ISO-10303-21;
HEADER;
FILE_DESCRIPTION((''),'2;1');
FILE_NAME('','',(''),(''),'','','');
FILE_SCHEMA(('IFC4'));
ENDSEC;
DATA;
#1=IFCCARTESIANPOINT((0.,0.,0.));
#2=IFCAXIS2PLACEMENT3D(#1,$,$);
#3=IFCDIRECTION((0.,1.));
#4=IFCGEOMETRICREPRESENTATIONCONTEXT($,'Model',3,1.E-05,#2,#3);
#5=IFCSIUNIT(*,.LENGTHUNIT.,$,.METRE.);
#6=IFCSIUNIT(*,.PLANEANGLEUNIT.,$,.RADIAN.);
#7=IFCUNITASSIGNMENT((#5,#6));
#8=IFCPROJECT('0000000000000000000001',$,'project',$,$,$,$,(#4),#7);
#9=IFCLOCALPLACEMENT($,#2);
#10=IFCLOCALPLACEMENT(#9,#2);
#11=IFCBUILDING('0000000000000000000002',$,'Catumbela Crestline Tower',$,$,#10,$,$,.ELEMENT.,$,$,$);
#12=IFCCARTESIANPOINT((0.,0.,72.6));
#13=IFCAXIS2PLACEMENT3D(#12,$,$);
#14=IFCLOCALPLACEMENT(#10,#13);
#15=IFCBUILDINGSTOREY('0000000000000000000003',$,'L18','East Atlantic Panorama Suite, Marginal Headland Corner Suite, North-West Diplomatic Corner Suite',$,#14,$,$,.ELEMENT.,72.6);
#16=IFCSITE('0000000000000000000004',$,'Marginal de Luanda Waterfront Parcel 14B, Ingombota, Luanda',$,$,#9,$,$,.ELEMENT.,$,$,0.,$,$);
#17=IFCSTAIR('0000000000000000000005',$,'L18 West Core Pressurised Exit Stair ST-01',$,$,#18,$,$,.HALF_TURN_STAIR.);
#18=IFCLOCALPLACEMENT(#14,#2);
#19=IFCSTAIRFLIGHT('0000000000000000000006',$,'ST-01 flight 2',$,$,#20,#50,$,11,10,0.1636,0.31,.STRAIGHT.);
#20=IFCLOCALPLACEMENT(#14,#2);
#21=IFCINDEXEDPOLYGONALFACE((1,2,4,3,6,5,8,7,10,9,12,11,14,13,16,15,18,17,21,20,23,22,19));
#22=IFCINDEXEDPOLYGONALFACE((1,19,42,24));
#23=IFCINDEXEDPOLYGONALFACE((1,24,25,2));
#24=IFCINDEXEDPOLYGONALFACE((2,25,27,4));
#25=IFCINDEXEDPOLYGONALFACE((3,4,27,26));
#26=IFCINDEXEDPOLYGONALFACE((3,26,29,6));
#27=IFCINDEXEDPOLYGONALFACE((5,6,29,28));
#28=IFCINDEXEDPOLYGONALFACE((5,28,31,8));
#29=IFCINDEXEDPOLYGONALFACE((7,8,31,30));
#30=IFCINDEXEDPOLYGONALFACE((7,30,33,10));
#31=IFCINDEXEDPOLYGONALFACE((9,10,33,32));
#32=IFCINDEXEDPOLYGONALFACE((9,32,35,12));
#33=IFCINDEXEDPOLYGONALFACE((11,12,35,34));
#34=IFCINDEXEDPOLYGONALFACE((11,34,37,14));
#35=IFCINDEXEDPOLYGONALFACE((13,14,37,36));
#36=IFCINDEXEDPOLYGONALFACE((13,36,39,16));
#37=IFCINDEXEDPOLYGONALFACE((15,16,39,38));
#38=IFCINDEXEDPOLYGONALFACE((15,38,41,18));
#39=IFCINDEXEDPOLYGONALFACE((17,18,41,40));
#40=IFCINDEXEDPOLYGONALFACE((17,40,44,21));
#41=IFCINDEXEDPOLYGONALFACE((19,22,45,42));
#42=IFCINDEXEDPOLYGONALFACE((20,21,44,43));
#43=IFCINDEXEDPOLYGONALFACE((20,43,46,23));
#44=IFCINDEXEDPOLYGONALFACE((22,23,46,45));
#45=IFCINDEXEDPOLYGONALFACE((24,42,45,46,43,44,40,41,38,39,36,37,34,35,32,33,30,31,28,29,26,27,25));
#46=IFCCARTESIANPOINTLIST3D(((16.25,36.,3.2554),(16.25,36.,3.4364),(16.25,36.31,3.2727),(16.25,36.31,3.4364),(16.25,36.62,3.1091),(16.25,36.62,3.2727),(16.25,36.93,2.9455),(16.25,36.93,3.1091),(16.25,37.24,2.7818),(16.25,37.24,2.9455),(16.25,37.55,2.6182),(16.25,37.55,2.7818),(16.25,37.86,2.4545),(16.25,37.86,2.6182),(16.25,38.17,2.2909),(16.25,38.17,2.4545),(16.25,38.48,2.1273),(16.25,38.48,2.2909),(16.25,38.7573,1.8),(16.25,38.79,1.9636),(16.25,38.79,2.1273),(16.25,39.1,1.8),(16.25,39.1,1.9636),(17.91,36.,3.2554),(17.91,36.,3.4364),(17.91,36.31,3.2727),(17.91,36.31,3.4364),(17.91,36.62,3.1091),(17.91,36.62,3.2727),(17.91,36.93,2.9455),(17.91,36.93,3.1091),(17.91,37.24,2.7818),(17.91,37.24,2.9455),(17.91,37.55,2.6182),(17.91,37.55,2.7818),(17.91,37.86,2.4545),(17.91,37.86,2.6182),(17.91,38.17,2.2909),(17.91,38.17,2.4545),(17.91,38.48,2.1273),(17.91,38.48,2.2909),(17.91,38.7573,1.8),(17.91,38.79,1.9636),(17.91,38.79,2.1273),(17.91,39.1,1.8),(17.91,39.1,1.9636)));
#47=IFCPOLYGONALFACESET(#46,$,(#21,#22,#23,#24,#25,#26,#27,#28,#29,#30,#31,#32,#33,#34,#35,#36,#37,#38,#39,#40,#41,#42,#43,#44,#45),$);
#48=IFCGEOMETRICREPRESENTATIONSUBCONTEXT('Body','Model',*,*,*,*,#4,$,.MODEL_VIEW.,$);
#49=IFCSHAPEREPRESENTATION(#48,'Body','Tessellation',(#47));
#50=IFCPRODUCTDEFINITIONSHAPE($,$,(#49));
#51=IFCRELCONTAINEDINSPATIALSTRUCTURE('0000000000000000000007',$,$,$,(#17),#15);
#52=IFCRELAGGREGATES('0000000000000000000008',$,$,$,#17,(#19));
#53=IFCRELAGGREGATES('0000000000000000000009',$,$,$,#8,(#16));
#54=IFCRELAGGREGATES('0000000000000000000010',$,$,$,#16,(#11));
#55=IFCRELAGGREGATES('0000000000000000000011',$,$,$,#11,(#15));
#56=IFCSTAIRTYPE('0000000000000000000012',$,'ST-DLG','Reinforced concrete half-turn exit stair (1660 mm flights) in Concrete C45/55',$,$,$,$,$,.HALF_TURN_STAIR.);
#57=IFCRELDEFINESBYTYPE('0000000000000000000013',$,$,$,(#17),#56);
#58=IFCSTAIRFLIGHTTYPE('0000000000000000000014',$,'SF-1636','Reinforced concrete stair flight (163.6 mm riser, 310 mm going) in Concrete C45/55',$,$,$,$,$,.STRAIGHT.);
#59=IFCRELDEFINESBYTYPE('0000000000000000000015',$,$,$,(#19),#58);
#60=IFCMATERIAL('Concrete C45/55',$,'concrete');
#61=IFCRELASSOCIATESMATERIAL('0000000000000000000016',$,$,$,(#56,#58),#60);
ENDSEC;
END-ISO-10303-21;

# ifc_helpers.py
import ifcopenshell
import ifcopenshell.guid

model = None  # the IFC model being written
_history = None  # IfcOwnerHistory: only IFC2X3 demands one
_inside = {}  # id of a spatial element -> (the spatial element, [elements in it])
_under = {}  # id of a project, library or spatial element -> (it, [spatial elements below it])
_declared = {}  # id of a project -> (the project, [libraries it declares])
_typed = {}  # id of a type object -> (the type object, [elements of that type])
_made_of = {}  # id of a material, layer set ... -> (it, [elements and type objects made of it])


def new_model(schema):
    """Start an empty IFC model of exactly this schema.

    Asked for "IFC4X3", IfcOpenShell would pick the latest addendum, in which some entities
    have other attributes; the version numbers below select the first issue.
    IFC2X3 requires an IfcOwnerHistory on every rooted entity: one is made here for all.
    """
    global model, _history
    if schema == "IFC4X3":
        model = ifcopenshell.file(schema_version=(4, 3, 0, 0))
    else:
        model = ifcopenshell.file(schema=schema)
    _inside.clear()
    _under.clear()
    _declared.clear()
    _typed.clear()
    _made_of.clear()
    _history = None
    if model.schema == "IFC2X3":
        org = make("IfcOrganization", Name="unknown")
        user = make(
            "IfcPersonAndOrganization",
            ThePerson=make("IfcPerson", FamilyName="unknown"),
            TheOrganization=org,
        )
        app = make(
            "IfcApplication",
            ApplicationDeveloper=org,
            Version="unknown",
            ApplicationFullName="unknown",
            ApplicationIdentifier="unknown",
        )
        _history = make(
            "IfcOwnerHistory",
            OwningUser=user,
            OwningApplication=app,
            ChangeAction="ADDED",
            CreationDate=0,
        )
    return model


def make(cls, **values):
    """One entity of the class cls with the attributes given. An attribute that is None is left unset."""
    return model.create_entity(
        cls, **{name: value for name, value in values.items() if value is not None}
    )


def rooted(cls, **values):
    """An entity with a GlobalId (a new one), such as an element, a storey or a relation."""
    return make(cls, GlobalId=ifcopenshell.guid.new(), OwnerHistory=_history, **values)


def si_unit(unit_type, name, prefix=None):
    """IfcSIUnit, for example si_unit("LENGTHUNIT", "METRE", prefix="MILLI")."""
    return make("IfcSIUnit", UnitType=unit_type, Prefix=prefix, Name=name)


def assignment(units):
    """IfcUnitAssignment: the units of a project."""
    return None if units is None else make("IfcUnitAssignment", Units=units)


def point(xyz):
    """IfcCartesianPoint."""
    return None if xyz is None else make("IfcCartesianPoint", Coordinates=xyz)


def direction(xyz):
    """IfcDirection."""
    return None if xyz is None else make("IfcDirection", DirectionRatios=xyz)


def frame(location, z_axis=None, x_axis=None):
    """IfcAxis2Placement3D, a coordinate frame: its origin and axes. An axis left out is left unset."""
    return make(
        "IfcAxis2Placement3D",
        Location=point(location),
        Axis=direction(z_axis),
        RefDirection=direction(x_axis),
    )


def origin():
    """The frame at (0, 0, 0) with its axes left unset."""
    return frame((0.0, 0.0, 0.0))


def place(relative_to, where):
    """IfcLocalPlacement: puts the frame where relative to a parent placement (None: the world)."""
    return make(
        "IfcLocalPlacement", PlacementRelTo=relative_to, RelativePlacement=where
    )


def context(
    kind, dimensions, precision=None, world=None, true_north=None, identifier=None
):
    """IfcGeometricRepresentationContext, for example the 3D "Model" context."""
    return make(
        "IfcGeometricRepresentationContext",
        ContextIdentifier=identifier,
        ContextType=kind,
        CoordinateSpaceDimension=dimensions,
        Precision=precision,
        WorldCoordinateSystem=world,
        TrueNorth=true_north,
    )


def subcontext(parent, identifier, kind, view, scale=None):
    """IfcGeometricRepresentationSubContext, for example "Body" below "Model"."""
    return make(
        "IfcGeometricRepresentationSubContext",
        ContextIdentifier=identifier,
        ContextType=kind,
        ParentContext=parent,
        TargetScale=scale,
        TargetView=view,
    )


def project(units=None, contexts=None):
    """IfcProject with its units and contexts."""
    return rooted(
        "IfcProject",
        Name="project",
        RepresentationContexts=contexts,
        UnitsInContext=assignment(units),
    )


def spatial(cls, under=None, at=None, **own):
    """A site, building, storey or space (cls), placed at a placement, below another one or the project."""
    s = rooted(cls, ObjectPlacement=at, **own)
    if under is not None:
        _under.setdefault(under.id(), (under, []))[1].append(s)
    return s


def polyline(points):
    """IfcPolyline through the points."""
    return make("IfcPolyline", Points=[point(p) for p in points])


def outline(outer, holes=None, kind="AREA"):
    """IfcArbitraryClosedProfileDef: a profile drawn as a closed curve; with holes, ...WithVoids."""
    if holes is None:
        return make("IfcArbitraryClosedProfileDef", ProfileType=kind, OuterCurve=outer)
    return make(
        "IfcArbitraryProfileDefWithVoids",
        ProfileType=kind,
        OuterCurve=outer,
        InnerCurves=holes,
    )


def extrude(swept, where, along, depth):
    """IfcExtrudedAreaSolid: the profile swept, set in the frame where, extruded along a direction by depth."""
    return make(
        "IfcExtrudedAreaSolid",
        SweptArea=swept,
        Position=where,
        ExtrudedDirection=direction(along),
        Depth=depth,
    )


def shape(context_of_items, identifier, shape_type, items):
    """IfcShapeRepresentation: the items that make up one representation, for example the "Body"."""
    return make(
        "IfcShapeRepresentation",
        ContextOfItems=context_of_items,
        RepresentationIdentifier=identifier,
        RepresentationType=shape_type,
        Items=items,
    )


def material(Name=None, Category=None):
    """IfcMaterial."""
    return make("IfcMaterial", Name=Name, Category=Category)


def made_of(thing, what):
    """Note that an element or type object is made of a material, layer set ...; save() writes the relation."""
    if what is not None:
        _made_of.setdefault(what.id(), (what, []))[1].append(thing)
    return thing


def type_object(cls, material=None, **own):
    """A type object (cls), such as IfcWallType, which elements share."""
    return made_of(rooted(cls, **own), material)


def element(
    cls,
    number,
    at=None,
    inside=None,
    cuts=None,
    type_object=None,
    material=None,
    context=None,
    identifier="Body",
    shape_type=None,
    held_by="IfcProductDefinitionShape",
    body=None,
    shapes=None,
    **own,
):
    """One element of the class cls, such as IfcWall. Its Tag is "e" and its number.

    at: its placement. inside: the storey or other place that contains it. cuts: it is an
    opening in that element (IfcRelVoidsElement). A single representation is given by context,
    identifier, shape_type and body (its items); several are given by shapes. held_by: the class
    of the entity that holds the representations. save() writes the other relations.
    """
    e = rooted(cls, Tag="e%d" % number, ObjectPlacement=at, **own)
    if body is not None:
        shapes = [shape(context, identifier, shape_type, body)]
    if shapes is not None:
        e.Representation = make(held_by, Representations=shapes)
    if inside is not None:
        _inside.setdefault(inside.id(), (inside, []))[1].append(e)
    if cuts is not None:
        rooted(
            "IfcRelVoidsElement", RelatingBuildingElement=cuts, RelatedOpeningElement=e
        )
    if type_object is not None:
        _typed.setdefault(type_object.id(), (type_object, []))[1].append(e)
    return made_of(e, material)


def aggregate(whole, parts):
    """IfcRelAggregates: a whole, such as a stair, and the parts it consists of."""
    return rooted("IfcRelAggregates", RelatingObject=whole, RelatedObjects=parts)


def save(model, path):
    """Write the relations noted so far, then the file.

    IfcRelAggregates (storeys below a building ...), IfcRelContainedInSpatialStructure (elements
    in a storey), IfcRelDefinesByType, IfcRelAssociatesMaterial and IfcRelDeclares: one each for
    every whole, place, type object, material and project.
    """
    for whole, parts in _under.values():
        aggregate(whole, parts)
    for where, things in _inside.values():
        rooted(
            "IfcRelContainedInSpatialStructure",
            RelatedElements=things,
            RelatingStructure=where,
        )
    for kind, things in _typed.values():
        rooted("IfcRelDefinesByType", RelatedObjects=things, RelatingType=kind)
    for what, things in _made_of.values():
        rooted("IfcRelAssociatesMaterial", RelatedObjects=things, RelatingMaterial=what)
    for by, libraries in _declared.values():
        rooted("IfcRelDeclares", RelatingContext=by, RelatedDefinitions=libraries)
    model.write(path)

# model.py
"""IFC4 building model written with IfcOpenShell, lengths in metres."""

from ifc_helpers import new_model, si_unit, direction, frame, origin, place, context, subcontext, project, spatial, polyline, outline, extrude, material, type_object, element, aggregate, save


model = new_model("IFC4")

# Units and contexts
model_context = context("Model", 3, precision=1e-05, world=origin(), true_north=direction((0.0, 1.0)))
body_context = subcontext(model_context, "Body", "Model", "MODEL_VIEW")
ifc_project = project(units=[si_unit("LENGTHUNIT", "METRE"), si_unit("PLANEANGLEUNIT", "RADIAN")], contexts=[model_context])

# Site, building, storey
site_placement = place(None, origin())
site = spatial("IfcSite", under=ifc_project, at=site_placement, Name="Marginal de Luanda Waterfront Parcel 14B, Ingombota, Luanda", CompositionType="ELEMENT", RefElevation=0.0)
building_placement = place(site_placement, origin())
building = spatial("IfcBuilding", under=site, at=building_placement, Name="Catumbela Crestline Tower", CompositionType="ELEMENT")
storey_placement = place(building_placement, frame((0.0, 0.0, 72.6)))
storey = spatial("IfcBuildingStorey", under=building, at=storey_placement, Name="L18", Description="East Atlantic Panorama Suite, Marginal Headland Corner Suite, North-West Diplomatic Corner Suite", CompositionType="ELEMENT", Elevation=72.6)

# Stair, stair flight
ifc_material_1 = material(Name="Concrete C45/55", Category="concrete")
stair_type = type_object("IfcStairType", Name="ST-DLG", Description="Reinforced concrete half-turn exit stair (1660 mm flights) in Concrete C45/55", PredefinedType="HALF_TURN_STAIR", material=ifc_material_1)
stair_placement = place(storey_placement, origin())
stair = element("IfcStair", 1, at=stair_placement, inside=storey, type_object=stair_type, Name="L18 West Core Pressurised Exit Stair ST-01", PredefinedType="HALF_TURN_STAIR")
stair_flight_type = type_object("IfcStairFlightType", Name="SF-1636", Description="Reinforced concrete stair flight (163.6 mm riser, 310 mm going) in Concrete C45/55", PredefinedType="STRAIGHT", material=ifc_material_1)
stair_flight_placement = place(storey_placement, frame((17.08, 39.1, 1.8), z_axis=(0.0, 0.0, 1.0), x_axis=(0.0, -1.0, 0.0)))
stair_flight = element("IfcStairFlight", 2, at=stair_flight_placement, type_object=stair_flight_type, Name="ST-01 flight 2", NumberOfRisers=11, NumberOfTreads=10, PredefinedType="STRAIGHT", RiserHeight=0.1636, TreadLength=0.31, context=body_context, shape_type="SweptSolid", body=[
    extrude(outline(polyline([(0.0, 0.0), (0.0, 0.1636), (0.31, 0.1636), (0.31, 0.3273), (0.62, 0.3273), (0.62, 0.4909), (0.93, 0.4909), (0.93, 0.6545), (1.24, 0.6545), (1.24, 0.8182), (1.55, 0.8182), (1.55, 0.9818), (1.86, 0.9818), (1.86, 1.1455), (2.17, 1.1455), (2.17, 1.3091), (2.48, 1.3091), (2.48, 1.4727), (2.79, 1.4727), (2.79, 1.6364), (3.1, 1.6364), (3.1, 1.8), (3.1, 1.4554), (0.3427, 0.0), (0.0, 0.0)])), frame((0.0, 0.83, 0.0), z_axis=(0.0, -1.0, 0.0), x_axis=(1.0, 0.0, 0.0)), (0.0, 0.0, 1.0), 1.66),
])
aggregate(stair, [stair_flight])

save(model, "model.ifc")
